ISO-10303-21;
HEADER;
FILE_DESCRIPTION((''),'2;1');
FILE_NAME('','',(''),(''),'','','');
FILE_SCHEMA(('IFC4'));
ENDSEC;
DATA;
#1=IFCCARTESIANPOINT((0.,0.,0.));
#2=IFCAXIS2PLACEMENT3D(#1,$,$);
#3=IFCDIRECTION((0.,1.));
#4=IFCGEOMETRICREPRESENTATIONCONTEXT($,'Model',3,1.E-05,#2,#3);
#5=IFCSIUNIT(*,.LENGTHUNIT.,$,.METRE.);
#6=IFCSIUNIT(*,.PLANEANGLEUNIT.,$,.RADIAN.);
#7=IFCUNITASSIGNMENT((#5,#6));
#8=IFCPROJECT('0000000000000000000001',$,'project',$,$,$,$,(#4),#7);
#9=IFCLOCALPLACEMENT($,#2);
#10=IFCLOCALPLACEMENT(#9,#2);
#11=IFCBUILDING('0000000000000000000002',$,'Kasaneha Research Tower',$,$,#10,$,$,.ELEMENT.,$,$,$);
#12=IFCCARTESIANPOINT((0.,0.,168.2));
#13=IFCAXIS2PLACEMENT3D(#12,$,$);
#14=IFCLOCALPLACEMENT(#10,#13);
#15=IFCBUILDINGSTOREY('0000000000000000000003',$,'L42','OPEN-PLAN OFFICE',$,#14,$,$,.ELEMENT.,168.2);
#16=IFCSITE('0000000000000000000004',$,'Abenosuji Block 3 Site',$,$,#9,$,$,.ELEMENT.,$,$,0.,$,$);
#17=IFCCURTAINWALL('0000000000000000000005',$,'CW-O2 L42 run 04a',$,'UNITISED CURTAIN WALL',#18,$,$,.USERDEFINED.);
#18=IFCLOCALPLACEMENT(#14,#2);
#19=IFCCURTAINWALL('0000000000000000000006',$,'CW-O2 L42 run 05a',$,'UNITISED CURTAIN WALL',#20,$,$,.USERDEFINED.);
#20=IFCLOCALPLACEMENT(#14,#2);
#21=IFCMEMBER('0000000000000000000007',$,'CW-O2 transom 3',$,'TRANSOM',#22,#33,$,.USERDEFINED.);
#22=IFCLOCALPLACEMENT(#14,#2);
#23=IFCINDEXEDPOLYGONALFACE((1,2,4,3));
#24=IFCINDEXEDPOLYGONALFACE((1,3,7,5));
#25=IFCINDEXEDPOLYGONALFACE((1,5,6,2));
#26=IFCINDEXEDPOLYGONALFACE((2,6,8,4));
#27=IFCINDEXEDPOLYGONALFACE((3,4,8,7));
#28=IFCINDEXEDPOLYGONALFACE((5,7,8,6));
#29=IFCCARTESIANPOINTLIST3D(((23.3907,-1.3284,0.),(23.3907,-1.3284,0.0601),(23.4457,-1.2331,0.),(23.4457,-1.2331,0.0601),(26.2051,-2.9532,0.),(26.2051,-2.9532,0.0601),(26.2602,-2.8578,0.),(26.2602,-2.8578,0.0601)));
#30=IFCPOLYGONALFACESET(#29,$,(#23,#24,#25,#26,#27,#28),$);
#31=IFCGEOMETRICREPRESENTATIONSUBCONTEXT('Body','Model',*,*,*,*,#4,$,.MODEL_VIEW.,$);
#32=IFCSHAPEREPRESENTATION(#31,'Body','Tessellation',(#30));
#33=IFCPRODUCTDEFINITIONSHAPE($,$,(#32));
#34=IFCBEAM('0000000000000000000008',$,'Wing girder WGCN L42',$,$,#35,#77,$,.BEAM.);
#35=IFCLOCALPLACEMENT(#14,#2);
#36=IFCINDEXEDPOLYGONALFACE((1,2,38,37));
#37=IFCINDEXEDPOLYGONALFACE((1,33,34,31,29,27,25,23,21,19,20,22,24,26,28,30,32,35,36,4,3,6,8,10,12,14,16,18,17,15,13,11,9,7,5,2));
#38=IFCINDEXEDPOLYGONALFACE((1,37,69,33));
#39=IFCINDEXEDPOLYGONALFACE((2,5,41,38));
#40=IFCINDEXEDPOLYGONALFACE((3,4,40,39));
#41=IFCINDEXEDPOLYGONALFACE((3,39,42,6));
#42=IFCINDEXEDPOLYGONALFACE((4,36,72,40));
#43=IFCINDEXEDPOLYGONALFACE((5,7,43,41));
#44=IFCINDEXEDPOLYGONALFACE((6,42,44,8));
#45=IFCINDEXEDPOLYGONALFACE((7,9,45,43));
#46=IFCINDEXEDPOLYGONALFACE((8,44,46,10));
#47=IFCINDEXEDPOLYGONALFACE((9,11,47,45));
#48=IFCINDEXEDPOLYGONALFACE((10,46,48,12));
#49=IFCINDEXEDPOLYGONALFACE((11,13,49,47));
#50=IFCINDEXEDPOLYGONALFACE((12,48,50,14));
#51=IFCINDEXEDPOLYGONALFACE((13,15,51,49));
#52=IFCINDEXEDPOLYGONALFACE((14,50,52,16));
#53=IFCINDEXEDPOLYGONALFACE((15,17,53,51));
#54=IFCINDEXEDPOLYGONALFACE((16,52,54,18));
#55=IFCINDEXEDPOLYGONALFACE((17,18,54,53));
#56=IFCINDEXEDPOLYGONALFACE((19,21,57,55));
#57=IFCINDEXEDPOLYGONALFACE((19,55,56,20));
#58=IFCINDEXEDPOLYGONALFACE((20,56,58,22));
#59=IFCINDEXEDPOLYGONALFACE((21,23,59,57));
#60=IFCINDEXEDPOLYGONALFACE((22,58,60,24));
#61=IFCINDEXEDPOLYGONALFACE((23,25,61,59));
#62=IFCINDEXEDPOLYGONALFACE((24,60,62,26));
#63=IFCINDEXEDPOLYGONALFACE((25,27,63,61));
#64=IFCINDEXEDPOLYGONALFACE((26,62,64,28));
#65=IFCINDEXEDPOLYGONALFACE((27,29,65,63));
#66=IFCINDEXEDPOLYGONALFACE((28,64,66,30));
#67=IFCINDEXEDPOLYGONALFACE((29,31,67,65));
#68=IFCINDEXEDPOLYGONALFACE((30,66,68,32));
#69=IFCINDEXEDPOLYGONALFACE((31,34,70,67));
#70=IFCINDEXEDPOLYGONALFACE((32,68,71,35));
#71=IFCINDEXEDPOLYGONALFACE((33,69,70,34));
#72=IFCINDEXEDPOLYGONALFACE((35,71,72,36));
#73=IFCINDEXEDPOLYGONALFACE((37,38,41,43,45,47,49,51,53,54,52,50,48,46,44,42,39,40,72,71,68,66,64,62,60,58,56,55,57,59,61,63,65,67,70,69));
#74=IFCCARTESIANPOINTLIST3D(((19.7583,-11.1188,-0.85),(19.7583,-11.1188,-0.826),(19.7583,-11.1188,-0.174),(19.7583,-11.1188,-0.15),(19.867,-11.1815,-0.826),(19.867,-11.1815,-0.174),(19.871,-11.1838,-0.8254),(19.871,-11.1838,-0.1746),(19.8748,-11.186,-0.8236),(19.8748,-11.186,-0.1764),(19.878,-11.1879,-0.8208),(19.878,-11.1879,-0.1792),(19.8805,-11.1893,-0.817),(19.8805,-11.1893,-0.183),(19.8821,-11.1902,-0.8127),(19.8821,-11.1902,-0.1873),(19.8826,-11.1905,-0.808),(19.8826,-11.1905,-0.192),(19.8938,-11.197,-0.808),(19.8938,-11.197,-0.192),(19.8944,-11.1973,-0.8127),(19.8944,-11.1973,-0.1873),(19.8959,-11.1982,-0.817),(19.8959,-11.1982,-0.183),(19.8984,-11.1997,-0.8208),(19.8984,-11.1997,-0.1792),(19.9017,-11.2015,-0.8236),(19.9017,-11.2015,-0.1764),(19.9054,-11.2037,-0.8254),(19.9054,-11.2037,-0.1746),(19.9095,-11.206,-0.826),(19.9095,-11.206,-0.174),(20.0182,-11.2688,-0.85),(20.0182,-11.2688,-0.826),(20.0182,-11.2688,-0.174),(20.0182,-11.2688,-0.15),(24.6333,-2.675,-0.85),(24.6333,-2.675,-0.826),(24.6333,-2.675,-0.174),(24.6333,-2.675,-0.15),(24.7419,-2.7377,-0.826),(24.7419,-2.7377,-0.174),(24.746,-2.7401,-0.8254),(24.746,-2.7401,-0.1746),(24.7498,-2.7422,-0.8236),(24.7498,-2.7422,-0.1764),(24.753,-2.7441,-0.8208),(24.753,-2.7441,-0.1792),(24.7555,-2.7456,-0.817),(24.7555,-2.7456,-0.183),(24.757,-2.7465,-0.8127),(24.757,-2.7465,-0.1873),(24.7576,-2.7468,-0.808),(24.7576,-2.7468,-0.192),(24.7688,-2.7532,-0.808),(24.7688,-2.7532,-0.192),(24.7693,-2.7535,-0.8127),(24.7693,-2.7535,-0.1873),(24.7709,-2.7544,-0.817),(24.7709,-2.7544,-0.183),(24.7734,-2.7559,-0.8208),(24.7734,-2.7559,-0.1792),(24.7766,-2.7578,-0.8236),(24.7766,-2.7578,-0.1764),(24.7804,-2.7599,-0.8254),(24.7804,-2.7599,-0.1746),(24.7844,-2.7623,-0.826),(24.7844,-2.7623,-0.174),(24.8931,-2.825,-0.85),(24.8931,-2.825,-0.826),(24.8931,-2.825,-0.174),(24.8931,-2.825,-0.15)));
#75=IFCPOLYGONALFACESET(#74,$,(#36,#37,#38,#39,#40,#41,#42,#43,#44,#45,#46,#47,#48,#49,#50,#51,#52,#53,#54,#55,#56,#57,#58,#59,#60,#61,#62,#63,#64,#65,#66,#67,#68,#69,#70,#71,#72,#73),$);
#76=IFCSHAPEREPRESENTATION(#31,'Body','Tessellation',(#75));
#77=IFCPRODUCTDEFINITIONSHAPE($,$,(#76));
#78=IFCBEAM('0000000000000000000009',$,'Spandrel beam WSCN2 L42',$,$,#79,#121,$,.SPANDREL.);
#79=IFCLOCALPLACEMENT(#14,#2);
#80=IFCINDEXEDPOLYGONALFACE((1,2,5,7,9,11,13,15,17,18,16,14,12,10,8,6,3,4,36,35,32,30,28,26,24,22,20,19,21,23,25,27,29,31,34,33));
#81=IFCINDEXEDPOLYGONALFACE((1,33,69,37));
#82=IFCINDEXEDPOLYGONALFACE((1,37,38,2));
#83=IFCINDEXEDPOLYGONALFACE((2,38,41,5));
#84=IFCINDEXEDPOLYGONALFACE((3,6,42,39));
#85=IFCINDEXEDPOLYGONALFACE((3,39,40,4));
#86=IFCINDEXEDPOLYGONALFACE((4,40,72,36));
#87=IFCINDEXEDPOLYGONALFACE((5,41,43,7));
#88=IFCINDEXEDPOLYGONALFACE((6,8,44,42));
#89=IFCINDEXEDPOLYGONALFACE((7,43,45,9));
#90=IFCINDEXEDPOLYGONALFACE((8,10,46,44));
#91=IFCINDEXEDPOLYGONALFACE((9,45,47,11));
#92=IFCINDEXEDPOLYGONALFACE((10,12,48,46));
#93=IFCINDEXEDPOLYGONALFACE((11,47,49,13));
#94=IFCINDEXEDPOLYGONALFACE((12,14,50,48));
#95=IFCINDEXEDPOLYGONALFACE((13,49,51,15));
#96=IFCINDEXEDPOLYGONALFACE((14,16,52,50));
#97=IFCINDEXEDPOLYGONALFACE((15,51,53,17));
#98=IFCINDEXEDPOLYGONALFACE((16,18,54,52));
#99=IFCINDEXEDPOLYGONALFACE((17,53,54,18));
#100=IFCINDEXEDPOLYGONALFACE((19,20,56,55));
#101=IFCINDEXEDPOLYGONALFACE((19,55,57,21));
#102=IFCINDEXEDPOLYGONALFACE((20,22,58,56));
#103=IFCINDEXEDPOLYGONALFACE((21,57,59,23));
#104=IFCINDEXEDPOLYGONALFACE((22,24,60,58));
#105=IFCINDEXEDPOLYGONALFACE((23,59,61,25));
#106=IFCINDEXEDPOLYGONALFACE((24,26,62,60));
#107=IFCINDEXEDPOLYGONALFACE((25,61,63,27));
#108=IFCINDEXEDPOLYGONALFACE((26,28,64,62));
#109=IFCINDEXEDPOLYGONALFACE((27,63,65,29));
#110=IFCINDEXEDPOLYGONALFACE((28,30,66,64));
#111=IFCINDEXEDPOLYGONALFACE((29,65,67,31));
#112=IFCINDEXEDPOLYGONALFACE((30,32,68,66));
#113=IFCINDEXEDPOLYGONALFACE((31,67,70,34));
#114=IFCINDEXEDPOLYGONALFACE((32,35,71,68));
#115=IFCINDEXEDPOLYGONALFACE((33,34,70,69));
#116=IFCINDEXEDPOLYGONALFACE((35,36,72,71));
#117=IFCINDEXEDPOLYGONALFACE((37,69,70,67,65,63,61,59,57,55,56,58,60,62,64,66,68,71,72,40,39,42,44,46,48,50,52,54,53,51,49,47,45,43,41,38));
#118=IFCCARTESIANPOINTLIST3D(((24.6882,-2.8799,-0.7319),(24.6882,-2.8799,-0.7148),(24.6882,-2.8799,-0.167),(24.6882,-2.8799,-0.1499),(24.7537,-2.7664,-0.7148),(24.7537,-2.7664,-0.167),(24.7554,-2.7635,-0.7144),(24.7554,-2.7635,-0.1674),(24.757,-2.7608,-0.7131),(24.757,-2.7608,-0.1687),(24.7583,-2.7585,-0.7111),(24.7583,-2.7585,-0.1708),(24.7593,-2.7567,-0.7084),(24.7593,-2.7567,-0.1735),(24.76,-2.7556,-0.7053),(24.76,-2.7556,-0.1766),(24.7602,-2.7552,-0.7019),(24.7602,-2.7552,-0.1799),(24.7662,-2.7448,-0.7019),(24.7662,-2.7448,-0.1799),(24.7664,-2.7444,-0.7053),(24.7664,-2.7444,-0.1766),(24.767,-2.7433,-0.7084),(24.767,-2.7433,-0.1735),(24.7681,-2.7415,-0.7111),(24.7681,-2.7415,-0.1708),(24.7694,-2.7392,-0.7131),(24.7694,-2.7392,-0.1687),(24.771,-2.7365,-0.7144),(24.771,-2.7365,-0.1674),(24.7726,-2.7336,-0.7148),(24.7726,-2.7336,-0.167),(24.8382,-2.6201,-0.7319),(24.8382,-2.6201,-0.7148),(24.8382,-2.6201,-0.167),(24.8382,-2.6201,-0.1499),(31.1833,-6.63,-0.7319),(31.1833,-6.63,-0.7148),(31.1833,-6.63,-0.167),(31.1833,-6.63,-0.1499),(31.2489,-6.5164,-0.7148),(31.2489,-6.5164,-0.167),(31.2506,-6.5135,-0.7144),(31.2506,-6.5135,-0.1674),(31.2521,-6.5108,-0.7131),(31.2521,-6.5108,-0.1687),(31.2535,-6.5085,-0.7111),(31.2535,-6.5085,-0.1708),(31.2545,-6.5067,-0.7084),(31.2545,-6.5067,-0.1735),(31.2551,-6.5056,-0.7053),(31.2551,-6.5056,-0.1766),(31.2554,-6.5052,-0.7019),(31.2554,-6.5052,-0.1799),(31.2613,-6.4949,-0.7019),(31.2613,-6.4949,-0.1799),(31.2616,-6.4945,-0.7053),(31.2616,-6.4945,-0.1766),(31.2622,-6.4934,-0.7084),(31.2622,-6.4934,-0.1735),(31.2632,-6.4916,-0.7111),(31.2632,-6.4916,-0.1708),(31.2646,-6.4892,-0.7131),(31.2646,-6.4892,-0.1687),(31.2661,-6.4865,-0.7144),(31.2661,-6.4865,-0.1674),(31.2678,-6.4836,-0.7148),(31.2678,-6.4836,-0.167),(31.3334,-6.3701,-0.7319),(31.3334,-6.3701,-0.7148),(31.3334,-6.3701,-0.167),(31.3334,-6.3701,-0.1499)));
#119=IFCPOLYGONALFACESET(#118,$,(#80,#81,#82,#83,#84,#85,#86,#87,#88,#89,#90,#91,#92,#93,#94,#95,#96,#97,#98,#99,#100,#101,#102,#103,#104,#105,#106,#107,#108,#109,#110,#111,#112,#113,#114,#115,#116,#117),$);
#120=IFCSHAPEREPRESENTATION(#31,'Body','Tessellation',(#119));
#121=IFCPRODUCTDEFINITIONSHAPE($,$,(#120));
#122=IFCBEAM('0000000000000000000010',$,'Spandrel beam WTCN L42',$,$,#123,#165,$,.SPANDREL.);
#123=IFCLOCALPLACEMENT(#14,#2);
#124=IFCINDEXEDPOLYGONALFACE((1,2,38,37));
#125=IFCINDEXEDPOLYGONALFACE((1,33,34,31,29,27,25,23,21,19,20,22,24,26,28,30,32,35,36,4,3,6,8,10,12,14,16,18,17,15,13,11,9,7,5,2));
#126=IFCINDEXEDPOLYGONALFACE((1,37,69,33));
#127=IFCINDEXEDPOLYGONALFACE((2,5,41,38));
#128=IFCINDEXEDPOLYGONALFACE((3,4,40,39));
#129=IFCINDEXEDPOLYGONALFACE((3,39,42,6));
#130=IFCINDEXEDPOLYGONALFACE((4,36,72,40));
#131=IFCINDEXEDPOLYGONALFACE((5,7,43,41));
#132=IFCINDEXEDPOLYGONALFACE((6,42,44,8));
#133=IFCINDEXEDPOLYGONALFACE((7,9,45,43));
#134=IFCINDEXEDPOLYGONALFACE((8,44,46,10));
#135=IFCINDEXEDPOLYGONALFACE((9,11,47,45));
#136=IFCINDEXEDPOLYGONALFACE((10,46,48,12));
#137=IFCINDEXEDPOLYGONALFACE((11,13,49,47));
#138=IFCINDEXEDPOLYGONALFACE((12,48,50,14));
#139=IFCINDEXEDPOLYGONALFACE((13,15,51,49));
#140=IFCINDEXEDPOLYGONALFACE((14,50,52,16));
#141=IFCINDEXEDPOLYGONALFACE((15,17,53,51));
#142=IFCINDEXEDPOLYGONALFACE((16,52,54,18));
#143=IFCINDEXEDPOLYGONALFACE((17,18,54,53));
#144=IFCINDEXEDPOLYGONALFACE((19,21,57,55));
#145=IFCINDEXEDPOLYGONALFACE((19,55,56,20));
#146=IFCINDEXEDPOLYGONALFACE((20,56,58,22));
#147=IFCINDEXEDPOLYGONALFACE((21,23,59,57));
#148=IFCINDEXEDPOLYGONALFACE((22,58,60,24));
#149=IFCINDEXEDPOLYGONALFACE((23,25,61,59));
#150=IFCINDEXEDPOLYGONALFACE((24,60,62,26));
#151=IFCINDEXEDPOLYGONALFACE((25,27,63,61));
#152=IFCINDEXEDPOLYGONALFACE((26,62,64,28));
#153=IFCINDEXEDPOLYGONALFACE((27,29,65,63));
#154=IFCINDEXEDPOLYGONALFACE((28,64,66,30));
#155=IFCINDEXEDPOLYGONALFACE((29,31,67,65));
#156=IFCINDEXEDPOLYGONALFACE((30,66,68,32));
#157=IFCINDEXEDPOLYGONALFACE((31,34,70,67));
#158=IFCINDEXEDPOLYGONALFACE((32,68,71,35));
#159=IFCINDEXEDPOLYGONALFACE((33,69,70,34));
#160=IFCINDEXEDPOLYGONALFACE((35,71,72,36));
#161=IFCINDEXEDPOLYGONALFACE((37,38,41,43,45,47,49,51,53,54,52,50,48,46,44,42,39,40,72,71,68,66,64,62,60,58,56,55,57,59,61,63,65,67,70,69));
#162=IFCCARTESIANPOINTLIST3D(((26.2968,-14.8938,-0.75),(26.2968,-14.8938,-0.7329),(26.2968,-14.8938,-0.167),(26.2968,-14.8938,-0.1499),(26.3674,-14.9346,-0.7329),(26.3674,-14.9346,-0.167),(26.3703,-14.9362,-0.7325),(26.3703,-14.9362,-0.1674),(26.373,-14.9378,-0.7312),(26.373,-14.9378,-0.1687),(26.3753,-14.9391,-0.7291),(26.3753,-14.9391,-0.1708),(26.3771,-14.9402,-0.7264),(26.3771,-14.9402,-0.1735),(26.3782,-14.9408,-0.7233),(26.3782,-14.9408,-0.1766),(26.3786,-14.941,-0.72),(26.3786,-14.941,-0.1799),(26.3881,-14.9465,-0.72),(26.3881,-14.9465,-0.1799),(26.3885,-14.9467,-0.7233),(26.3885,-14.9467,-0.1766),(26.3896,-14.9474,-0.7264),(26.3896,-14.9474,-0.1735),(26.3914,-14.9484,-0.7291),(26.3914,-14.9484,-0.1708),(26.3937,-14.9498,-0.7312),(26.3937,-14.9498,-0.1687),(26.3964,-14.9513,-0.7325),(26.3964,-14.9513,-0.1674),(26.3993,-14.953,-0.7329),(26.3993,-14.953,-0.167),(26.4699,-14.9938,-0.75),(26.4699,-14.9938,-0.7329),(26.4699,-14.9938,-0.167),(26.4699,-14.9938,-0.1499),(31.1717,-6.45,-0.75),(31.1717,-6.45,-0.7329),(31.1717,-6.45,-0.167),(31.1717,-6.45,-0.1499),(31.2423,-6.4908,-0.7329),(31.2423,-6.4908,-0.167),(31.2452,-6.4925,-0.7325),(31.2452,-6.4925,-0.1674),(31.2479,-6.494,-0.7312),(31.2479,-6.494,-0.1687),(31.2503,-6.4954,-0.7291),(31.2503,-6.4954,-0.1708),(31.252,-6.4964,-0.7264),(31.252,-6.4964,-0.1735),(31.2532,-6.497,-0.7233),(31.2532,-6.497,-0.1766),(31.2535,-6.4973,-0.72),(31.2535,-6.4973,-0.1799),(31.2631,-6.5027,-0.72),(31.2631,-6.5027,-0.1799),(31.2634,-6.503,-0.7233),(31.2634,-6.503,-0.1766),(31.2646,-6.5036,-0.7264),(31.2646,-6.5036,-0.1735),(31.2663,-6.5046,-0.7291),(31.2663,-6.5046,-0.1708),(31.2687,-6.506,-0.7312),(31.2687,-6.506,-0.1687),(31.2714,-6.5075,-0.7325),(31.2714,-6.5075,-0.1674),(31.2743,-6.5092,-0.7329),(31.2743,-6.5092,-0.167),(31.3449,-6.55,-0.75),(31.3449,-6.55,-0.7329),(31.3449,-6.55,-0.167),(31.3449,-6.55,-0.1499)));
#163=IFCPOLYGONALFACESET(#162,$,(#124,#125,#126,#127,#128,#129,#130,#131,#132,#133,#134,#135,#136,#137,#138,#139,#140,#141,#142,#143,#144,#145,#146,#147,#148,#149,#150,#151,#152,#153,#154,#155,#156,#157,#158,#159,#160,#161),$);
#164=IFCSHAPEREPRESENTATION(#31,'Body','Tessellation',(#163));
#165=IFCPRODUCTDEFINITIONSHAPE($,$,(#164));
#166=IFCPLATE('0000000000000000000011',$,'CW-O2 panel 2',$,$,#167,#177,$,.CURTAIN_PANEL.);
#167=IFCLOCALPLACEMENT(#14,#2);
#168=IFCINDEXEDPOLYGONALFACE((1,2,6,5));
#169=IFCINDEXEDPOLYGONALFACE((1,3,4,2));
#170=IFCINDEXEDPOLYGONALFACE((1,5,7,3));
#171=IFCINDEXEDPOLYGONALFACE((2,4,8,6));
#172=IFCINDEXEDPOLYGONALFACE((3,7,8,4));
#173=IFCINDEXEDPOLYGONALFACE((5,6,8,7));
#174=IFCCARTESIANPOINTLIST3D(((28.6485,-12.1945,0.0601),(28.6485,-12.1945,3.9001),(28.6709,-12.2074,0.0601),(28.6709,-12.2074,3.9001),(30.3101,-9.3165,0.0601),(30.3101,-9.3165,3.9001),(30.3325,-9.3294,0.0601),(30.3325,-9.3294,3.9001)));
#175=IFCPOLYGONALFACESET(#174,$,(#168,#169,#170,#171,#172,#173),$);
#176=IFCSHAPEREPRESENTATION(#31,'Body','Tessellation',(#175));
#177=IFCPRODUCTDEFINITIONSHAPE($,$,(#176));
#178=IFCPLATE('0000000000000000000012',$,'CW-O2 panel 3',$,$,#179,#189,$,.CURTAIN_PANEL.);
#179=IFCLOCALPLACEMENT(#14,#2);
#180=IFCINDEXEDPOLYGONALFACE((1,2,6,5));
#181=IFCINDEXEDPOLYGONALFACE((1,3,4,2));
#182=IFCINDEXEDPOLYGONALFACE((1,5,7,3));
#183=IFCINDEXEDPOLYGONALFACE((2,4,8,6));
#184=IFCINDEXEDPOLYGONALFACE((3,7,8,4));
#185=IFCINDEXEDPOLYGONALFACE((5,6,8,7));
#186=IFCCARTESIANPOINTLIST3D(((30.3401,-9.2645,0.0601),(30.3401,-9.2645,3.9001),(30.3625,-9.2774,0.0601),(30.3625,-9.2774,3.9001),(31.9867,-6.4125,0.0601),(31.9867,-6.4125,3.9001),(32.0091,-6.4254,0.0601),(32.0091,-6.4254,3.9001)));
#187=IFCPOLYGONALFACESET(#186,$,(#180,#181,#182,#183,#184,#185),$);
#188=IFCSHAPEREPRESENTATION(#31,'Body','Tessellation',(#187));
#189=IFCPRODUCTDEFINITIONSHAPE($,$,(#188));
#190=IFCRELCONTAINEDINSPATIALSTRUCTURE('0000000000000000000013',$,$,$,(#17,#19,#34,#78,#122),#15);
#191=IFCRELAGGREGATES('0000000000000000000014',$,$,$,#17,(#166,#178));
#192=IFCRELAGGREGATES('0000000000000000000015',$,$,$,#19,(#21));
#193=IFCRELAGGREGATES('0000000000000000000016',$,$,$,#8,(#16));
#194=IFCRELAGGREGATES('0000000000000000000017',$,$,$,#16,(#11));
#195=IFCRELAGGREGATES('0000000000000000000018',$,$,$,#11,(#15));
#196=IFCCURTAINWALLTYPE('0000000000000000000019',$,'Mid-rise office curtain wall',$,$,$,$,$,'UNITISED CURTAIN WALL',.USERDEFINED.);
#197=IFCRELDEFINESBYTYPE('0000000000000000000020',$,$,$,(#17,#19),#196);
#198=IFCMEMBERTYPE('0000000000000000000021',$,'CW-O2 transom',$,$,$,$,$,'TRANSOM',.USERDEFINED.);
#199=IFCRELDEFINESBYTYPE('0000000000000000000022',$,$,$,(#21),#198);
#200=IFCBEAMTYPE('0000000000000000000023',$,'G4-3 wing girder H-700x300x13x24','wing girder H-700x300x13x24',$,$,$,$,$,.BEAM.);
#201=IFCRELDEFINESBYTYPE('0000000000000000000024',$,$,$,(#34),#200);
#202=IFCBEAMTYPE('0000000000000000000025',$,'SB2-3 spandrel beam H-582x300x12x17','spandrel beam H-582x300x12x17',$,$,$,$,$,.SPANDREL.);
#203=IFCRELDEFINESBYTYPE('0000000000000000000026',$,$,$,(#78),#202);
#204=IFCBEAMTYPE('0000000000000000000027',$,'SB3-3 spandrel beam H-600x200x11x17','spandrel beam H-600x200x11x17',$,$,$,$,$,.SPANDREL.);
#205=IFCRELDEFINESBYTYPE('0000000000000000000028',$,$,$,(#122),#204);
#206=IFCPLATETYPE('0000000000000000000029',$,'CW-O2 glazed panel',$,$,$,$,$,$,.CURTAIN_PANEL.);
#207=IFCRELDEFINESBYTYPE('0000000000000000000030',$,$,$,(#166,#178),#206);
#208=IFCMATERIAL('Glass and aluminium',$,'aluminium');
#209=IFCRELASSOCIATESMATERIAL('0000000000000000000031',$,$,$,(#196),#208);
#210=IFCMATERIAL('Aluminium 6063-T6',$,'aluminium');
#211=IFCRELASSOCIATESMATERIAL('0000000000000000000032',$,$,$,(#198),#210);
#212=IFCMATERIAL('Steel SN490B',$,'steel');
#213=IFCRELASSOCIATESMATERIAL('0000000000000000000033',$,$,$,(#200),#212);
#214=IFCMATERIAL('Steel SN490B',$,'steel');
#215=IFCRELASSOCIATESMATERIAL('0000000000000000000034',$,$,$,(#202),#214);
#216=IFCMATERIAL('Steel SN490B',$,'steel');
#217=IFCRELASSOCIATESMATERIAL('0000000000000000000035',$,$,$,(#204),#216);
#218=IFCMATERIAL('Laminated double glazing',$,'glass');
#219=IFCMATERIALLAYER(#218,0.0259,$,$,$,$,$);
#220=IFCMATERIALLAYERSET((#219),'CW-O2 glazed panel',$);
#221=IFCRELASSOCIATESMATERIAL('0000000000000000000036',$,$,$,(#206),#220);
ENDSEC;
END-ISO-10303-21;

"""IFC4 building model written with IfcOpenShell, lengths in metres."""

from ifc_helpers import new_model, si_unit, direction, frame, origin, origin_2d, place, context, subcontext, project, spatial, rectangle, i_section, extrude, material, layer, layer_set, material_profile, profile_set, type_object, element, aggregate, save


model = new_model("IFC4")

# Units and contexts
model_context = context("Model", 3, precision=1e-05, world=origin(), true_north=direction((0.0, 1.0)))
body_context = subcontext(model_context, "Body", "Model", "MODEL_VIEW")
ifc_project = project(units=[si_unit("LENGTHUNIT", "METRE"), si_unit("PLANEANGLEUNIT", "RADIAN")], contexts=[model_context])

# Site, building, storey
site_placement = place(None, origin())
site = spatial("IfcSite", under=ifc_project, at=site_placement, Name="Abenosuji Block 3 Site", CompositionType="ELEMENT", RefElevation=0.0)
building_placement = place(site_placement, origin())
building = spatial("IfcBuilding", under=site, at=building_placement, Name="Kasaneha Research Tower", CompositionType="ELEMENT")
storey_placement = place(building_placement, frame((0.0, 0.0, 168.2)))
storey = spatial("IfcBuildingStorey", under=building, at=storey_placement, Name="L42", Description="OPEN-PLAN OFFICE", CompositionType="ELEMENT", Elevation=168.2)

# Curtain walls
ifc_material_1 = material(Name="Glass and aluminium", Category="aluminium")
curtain_wall_type = type_object("IfcCurtainWallType", Name="Mid-rise office curtain wall", ElementType="UNITISED CURTAIN WALL", PredefinedType="USERDEFINED", material=ifc_material_1)
curtain_wall_1_placement = place(storey_placement, origin())
curtain_wall_1 = element("IfcCurtainWall", 1, at=curtain_wall_1_placement, inside=storey, type_object=curtain_wall_type, Name="CW-O2 L42 run 04a", ObjectType="UNITISED CURTAIN WALL", PredefinedType="USERDEFINED")
curtain_wall_2_placement = place(storey_placement, origin())
curtain_wall_2 = element("IfcCurtainWall", 2, at=curtain_wall_2_placement, inside=storey, type_object=curtain_wall_type, Name="CW-O2 L42 run 05a", ObjectType="UNITISED CURTAIN WALL", PredefinedType="USERDEFINED")

# Member
ifc_material_2 = material(Name="Aluminium 6063-T6", Category="aluminium")
ifc_material_profile_1 = material_profile(ifc_material_2, rectangle(XDim=0.1101, YDim=0.0601, at=origin_2d()), Name="CW-O2 transom 110x60")
ifc_profile_set_1 = profile_set([ifc_material_profile_1], Name="Aluminium 6063-T6")
member_type_1 = type_object("IfcMemberType", Name="CW-O2 transom", ElementType="TRANSOM", PredefinedType="USERDEFINED", material=ifc_profile_set_1)
member_1_placement = place(storey_placement, frame((26.2327, -2.9055, 0.03), z_axis=(-0.866048, 0.499961, 0.0), x_axis=(-0.499961, -0.866048, 0.0)))
member_1 = element("IfcMember", 3, at=member_1_placement, type_object=member_type_1, Name="CW-O2 transom 3", ObjectType="TRANSOM", PredefinedType="USERDEFINED", context=body_context, shape_type="SweptSolid", body=[
    extrude(rectangle(XDim=0.1101, YDim=0.0601, at=origin_2d()), origin(), (0.0, 0.0, 1.0), 3.2498),
])

# Beams
ifc_material_3 = material(Name="Steel SN490B", Category="steel")
ifc_material_profile_2 = material_profile(ifc_material_3, i_section(OverallWidth=0.3, OverallDepth=0.7, WebThickness=0.0129, FlangeThickness=0.0239, FilletRadius=0.0181, at=origin_2d()), Name="H-700x300x13x24")
ifc_profile_set_2 = profile_set([ifc_material_profile_2], Name="Steel SN490B")
beam_type_1 = type_object("IfcBeamType", Name="G4-3 wing girder H-700x300x13x24", Description="wing girder H-700x300x13x24", PredefinedType="BEAM", material=ifc_profile_set_2)
beam_1_placement = place(storey_placement, frame((24.7632, -2.75, -0.5), z_axis=(-0.499996, -0.866028, 0.0), x_axis=(0.866028, -0.499996, 0.0)))
element("IfcBeam", 4, at=beam_1_placement, inside=storey, type_object=beam_type_1, Name="Wing girder WGCN L42", PredefinedType="BEAM", context=body_context, shape_type="SweptSolid", body=[
    extrude(i_section(OverallWidth=0.3, OverallDepth=0.7, WebThickness=0.0129, FlangeThickness=0.0239, FilletRadius=0.0181, at=origin_2d()), origin(), (0.0, 0.0, 1.0), 9.75),
])
ifc_material_4 = material(Name="Steel SN490B", Category="steel")
ifc_material_profile_3 = material_profile(ifc_material_4, i_section(OverallWidth=0.3, OverallDepth=0.582, WebThickness=0.012, FlangeThickness=0.0171, FilletRadius=0.0129, at=origin_2d()), Name="H-582x300x12x17")
ifc_profile_set_3 = profile_set([ifc_material_profile_3], Name="Steel SN490B")
beam_type_2 = type_object("IfcBeamType", Name="SB2-3 spandrel beam H-582x300x12x17", Description="spandrel beam H-582x300x12x17", PredefinedType="SPANDREL", material=ifc_profile_set_3)
beam_2_placement = place(storey_placement, frame((24.7632, -2.75, -0.4409), z_axis=(0.866023, -0.500004, 0.0), x_axis=(0.500004, 0.866023, 0.0)))
element("IfcBeam", 5, at=beam_2_placement, inside=storey, type_object=beam_type_2, Name="Spandrel beam WSCN2 L42", PredefinedType="SPANDREL", context=body_context, shape_type="SweptSolid", body=[
    extrude(i_section(OverallWidth=0.3, OverallDepth=0.582, WebThickness=0.012, FlangeThickness=0.0171, FilletRadius=0.0129, at=origin_2d()), origin(), (0.0, 0.0, 1.0), 7.5),
])
ifc_material_5 = material(Name="Steel SN490B", Category="steel")
ifc_material_profile_4 = material_profile(ifc_material_5, i_section(OverallWidth=0.2, OverallDepth=0.6001, WebThickness=0.011, FlangeThickness=0.0171, FilletRadius=0.0129, at=origin_2d()), Name="H-600x200x11x17")
ifc_profile_set_4 = profile_set([ifc_material_profile_4], Name="Steel SN490B")
beam_type_3 = type_object("IfcBeamType", Name="SB3-3 spandrel beam H-600x200x11x17", Description="spandrel beam H-600x200x11x17", PredefinedType="SPANDREL", material=ifc_profile_set_4)
beam_3_placement = place(storey_placement, frame((31.2583, -6.5, -0.45), z_axis=(-0.499996, -0.866028, 0.0), x_axis=(0.866028, -0.499996, 0.0)))
element("IfcBeam", 6, at=beam_3_placement, inside=storey, type_object=beam_type_3, Name="Spandrel beam WTCN L42", PredefinedType="SPANDREL", context=body_context, shape_type="SweptSolid", body=[
    extrude(i_section(OverallWidth=0.2, OverallDepth=0.6001, WebThickness=0.011, FlangeThickness=0.0171, FilletRadius=0.0129, at=origin_2d()), origin(), (0.0, 0.0, 1.0), 9.75),
])

# Plates
ifc_material_6 = material(Name="Laminated double glazing", Category="glass")
ifc_layer_1 = layer(ifc_material_6, 0.0259)
ifc_layer_set_1 = layer_set([ifc_layer_1], Name="CW-O2 glazed panel")
plate_type = type_object("IfcPlateType", Name="CW-O2 glazed panel", PredefinedType="CURTAIN_PANEL", material=ifc_layer_set_1)
plate_1_placement = place(storey_placement, frame((29.4905, -10.762, 0.0601), z_axis=(0.0, 0.0, 1.0), x_axis=(0.5, 0.866025, 0.0)))
plate_1 = element("IfcPlate", 7, at=plate_1_placement, type_object=plate_type, Name="CW-O2 panel 2", PredefinedType="CURTAIN_PANEL", context=body_context, shape_type="SweptSolid", body=[
    extrude(rectangle(XDim=3.3232, YDim=0.0259, at=origin_2d()), origin(), (0.0, 0.0, 1.0), 3.8401),
])
plate_2_placement = place(storey_placement, frame((31.1746, -7.845, 0.0601), z_axis=(0.0, 0.0, 1.0), x_axis=(0.5, 0.866025, 0.0)))
plate_2 = element("IfcPlate", 8, at=plate_2_placement, type_object=plate_type, Name="CW-O2 panel 3", PredefinedType="CURTAIN_PANEL", context=body_context, shape_type="SweptSolid", body=[
    extrude(rectangle(XDim=3.2932, YDim=0.0259, at=origin_2d()), origin(), (0.0, 0.0, 1.0), 3.8401),
])
aggregate(curtain_wall_1, [plate_1, plate_2])
aggregate(curtain_wall_2, [member_1])

save(model, "model.ifc")
